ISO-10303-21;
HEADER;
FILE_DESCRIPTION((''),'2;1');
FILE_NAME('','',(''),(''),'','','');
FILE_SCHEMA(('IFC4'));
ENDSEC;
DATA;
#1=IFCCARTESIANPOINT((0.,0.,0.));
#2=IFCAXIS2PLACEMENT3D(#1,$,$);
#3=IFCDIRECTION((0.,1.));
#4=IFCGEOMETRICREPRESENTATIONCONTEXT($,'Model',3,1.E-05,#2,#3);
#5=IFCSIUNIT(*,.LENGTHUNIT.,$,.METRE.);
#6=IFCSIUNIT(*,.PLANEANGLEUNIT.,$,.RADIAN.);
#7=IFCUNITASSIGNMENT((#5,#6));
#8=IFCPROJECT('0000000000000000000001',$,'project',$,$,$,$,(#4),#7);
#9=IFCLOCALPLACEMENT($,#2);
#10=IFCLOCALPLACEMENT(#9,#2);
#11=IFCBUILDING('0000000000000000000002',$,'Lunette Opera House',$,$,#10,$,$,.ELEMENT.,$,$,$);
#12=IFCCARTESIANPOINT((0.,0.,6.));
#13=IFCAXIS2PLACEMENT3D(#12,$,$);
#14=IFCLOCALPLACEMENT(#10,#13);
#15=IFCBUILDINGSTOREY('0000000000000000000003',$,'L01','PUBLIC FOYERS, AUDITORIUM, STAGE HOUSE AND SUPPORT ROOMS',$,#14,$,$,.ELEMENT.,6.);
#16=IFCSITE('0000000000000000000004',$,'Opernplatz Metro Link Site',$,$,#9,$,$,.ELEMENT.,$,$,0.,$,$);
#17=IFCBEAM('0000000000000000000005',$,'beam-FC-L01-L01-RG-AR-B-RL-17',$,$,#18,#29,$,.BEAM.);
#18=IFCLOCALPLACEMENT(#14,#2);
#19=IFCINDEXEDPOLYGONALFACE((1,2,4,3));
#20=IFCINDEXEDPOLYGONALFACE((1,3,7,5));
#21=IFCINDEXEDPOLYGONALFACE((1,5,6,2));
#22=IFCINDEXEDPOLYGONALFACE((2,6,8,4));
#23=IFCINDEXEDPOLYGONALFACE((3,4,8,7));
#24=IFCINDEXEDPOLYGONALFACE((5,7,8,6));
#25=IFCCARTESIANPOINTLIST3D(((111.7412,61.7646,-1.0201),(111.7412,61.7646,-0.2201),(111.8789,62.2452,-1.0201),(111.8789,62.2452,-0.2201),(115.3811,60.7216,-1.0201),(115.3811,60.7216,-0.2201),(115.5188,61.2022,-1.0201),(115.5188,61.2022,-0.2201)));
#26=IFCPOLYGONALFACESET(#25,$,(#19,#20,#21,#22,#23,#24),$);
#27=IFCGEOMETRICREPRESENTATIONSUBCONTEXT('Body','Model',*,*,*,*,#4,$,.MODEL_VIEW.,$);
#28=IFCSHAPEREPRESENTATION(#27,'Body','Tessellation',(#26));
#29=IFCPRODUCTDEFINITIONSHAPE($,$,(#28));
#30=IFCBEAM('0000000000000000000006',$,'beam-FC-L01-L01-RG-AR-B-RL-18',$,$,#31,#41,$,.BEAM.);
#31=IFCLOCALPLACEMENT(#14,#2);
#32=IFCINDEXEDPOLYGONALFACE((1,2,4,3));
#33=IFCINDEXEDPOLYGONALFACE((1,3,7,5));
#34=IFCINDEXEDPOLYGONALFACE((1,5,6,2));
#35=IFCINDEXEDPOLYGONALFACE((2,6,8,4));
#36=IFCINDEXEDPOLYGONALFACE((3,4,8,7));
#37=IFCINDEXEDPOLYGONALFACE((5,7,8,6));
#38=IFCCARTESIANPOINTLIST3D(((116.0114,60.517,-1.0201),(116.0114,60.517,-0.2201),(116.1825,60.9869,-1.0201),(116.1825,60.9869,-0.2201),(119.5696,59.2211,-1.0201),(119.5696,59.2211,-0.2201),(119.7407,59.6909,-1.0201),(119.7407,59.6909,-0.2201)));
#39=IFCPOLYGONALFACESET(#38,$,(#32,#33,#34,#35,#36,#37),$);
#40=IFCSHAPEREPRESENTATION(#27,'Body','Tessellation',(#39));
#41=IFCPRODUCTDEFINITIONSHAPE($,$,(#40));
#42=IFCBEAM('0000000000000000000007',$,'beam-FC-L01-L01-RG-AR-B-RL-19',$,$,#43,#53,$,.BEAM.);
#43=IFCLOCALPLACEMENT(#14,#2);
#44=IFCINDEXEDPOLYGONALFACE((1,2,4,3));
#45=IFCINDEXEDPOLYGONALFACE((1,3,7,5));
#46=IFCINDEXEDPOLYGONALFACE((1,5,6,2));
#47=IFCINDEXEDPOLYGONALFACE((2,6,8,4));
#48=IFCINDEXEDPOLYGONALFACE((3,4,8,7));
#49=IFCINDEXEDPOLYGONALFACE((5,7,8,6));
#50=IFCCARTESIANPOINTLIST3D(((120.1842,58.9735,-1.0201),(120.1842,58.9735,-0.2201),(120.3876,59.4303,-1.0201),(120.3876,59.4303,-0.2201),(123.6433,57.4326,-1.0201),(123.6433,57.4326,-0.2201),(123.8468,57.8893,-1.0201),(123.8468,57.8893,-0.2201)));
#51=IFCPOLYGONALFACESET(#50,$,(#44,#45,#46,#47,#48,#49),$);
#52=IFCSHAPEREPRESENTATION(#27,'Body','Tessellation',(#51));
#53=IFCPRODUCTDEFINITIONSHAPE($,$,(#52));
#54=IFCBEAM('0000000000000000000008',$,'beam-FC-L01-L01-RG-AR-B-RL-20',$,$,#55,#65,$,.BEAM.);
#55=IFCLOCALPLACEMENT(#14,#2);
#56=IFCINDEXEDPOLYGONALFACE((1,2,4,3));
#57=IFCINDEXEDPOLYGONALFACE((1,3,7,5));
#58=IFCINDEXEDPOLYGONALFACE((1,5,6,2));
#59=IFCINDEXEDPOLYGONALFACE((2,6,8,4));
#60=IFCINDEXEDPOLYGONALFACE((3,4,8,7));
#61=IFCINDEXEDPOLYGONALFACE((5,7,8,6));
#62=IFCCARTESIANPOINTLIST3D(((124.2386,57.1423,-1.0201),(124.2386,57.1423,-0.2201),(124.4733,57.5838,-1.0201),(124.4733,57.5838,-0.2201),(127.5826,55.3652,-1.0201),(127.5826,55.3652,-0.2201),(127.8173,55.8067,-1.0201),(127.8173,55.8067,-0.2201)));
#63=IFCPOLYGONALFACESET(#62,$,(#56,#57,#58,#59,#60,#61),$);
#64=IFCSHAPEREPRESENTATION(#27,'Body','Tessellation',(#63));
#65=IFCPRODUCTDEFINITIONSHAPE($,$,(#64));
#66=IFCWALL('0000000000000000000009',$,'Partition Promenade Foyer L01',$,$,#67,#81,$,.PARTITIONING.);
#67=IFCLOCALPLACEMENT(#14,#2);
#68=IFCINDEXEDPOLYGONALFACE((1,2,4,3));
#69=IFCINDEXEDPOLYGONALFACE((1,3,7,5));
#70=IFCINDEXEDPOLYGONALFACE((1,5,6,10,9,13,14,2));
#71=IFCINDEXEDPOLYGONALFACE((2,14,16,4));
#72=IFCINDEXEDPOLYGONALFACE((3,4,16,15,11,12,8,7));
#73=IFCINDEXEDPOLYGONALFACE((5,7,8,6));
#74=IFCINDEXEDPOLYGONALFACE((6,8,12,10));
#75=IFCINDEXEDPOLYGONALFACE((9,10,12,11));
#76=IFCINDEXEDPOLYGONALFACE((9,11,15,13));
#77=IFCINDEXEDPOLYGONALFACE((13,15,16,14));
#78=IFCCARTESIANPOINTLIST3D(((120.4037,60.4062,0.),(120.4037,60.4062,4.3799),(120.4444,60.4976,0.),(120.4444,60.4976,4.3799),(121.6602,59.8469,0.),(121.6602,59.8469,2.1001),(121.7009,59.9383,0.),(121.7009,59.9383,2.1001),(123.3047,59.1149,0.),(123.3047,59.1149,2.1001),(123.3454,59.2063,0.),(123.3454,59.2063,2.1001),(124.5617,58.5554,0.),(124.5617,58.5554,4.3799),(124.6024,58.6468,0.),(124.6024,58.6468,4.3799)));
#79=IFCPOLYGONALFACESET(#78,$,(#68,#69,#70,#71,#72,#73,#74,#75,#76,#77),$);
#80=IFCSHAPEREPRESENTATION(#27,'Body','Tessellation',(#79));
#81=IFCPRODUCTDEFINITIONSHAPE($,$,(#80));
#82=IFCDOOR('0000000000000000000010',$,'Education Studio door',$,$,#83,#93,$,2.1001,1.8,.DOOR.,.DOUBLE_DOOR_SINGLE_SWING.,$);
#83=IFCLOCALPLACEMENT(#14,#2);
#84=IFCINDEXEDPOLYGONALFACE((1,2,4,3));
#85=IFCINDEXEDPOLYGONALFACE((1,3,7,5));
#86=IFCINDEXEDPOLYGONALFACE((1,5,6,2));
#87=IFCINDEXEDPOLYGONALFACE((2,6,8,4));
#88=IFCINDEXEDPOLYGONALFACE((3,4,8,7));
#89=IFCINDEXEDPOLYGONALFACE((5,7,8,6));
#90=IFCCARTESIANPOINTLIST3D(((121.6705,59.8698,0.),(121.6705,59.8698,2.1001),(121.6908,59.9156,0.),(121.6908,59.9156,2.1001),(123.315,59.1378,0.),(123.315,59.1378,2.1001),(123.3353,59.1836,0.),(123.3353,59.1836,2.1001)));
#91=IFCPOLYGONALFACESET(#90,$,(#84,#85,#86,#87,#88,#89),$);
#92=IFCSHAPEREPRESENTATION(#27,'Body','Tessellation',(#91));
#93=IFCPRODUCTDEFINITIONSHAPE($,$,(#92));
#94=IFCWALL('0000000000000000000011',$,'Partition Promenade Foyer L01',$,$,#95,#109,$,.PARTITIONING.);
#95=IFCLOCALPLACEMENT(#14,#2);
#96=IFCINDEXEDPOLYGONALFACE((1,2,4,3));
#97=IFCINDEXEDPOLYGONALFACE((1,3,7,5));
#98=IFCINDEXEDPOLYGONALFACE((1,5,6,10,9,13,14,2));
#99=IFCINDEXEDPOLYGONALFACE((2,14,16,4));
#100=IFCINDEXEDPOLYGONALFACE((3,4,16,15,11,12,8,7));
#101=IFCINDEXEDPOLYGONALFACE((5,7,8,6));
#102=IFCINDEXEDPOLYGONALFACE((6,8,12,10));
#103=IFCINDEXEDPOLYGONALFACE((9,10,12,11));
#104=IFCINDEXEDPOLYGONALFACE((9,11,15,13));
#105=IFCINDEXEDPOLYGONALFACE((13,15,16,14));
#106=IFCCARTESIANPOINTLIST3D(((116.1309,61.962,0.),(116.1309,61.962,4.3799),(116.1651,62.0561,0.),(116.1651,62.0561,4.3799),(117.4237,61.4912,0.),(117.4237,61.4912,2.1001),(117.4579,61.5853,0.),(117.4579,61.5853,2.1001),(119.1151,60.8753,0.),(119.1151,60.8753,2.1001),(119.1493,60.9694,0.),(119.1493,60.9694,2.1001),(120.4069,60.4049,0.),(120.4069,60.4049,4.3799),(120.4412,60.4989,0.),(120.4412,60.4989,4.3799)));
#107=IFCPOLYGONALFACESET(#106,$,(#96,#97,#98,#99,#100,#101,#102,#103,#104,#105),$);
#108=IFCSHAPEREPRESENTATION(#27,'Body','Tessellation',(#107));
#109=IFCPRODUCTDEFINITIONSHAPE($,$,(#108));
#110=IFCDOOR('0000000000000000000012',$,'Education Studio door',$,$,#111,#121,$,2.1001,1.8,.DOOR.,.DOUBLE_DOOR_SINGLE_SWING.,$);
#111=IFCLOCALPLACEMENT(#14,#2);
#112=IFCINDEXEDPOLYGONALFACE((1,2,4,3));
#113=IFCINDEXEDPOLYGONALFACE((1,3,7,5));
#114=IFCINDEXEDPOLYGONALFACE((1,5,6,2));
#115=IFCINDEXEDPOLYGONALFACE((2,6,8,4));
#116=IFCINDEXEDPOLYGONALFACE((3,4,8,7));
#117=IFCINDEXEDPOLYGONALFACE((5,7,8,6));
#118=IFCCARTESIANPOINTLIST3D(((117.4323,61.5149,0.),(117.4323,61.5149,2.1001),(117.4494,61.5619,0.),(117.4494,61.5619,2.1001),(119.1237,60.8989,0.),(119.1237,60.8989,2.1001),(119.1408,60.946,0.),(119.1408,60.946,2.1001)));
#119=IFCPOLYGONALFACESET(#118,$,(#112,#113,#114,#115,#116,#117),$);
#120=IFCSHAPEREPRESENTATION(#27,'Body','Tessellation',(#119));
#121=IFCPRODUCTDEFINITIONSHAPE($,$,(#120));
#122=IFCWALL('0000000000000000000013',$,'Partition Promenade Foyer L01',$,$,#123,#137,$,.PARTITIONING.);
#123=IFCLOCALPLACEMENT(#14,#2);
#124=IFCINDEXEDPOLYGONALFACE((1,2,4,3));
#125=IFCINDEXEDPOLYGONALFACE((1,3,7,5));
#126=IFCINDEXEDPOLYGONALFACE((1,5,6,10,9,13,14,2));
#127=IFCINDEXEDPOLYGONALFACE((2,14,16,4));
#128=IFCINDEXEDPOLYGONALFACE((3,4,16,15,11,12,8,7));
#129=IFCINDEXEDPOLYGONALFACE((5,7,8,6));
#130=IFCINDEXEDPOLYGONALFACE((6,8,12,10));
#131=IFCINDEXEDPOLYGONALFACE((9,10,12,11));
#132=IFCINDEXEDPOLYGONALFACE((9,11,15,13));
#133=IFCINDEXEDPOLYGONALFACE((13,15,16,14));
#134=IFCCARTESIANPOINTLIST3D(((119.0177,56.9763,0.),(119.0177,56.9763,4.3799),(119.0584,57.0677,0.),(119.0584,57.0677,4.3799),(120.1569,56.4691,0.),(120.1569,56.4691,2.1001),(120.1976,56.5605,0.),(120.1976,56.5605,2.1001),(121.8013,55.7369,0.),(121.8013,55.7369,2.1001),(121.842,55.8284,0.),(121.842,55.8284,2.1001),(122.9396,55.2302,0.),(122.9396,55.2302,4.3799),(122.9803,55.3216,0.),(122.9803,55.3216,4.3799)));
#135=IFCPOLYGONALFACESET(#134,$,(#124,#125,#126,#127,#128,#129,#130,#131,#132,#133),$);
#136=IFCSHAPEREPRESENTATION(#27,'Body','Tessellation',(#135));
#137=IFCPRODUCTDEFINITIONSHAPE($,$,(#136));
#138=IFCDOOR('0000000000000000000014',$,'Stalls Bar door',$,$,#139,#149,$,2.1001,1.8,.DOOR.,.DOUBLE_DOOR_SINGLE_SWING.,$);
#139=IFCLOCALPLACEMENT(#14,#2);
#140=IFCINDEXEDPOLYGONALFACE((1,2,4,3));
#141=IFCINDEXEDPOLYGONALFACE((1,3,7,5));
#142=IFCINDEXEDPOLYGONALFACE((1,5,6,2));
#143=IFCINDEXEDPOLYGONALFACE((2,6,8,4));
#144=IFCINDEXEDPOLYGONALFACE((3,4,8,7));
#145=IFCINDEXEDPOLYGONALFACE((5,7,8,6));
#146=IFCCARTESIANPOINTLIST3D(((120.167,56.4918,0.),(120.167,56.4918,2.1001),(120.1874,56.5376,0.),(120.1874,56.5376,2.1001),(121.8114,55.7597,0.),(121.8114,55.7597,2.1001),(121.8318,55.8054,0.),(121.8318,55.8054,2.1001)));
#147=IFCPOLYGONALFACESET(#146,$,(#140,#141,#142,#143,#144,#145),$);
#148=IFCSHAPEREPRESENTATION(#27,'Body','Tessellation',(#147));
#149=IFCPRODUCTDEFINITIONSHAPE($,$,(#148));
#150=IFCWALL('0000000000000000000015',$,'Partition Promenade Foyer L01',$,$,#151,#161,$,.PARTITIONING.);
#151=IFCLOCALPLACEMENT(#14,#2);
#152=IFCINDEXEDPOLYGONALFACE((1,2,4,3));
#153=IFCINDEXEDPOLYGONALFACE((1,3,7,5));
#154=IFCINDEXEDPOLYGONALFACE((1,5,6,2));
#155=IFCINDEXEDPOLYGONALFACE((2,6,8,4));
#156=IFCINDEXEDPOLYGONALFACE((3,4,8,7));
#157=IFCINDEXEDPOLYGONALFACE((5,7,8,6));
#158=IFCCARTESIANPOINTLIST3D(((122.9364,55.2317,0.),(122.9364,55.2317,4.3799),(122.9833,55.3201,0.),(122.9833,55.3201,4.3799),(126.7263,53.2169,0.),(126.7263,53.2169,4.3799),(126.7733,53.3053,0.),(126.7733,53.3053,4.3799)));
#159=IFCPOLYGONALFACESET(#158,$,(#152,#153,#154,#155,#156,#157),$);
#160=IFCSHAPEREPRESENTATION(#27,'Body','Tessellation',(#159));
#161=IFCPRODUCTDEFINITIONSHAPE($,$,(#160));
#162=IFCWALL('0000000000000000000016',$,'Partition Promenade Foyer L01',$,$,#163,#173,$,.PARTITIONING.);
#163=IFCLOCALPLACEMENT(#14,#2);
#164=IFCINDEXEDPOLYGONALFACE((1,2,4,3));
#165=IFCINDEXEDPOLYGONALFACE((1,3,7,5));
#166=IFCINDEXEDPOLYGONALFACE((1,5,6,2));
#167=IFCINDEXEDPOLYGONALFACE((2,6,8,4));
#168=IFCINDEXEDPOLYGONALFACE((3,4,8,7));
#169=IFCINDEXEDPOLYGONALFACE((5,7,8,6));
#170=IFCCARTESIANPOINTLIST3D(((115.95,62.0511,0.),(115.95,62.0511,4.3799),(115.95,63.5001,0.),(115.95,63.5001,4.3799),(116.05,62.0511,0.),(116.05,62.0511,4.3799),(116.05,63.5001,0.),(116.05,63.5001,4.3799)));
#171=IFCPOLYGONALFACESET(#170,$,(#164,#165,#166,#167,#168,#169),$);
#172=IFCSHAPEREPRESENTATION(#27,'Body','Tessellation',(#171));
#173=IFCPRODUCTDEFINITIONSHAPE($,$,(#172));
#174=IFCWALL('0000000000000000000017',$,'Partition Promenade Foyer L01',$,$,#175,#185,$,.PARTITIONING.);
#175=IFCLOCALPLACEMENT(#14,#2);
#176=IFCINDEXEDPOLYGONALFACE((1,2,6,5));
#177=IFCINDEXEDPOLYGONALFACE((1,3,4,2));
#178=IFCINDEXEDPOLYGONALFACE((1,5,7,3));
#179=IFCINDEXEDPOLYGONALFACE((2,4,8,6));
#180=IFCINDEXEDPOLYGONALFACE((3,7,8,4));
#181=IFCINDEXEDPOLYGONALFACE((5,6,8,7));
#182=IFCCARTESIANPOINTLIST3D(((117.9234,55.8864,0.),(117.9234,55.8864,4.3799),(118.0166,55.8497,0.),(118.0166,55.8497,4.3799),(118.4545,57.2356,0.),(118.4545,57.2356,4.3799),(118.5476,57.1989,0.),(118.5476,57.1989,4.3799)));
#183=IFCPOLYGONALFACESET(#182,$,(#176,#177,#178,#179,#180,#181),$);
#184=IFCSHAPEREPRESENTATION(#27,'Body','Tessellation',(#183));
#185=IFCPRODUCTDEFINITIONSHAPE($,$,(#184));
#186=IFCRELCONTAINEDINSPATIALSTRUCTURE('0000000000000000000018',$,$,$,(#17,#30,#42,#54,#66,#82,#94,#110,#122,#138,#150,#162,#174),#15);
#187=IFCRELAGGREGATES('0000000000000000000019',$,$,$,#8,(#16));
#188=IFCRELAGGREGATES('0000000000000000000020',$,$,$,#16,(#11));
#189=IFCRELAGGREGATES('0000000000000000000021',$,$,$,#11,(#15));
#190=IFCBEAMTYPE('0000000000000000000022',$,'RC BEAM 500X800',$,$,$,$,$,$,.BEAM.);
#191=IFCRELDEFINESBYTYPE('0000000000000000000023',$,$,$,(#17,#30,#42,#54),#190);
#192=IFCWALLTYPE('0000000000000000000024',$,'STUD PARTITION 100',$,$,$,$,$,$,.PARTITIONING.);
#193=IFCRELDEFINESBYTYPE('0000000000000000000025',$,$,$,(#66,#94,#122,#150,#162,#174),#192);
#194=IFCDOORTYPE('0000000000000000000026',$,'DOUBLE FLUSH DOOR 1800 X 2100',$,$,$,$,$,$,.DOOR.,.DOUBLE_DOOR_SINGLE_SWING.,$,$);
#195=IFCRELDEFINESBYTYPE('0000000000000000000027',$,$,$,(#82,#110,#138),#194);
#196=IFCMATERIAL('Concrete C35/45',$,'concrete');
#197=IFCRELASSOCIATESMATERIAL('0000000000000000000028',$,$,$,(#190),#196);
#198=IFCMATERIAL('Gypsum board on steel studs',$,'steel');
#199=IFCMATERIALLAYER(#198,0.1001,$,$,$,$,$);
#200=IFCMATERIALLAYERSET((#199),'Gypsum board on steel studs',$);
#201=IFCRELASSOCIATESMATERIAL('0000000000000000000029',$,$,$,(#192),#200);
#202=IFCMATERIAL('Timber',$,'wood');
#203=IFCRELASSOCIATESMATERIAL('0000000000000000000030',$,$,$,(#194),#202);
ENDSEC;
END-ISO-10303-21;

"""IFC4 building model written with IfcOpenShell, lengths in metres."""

from ifc_helpers import new_model, si_unit, direction, frame, frame_2d, origin, origin_2d, place, context, subcontext, project, spatial, rectangle, extrude, material, layer, layer_set, material_profile, profile_set, type_object, element, fill, save


model = new_model("IFC4")

# Units and contexts
model_context = context("Model", 3, precision=1e-05, world=origin(), true_north=direction((0.0, 1.0)))
body_context = subcontext(model_context, "Body", "Model", "MODEL_VIEW")
ifc_project = project(units=[si_unit("LENGTHUNIT", "METRE"), si_unit("PLANEANGLEUNIT", "RADIAN")], contexts=[model_context])

# Site, building, storey
site_placement = place(None, origin())
site = spatial("IfcSite", under=ifc_project, at=site_placement, Name="Opernplatz Metro Link Site", CompositionType="ELEMENT", RefElevation=0.0)
building_placement = place(site_placement, origin())
building = spatial("IfcBuilding", under=site, at=building_placement, Name="Lunette Opera House", CompositionType="ELEMENT")
storey_placement = place(building_placement, frame((0.0, 0.0, 6.0)))
storey = spatial("IfcBuildingStorey", under=building, at=storey_placement, Name="L01", Description="PUBLIC FOYERS, AUDITORIUM, STAGE HOUSE AND SUPPORT ROOMS", CompositionType="ELEMENT", Elevation=6.0)

# Beams
ifc_material_1 = material(Name="Concrete C35/45", Category="concrete")
ifc_material_profile_1 = material_profile(ifc_material_1, rectangle(XDim=0.5, YDim=0.8, at=origin_2d()), Name="RC BEAM 500X800")
ifc_profile_set_1 = profile_set([ifc_material_profile_1], Name="Concrete C35/45")
beam_type_1 = type_object("IfcBeamType", Name="RC BEAM 500X800", PredefinedType="BEAM", material=ifc_profile_set_1)
beam_1_placement = place(storey_placement, frame((111.8101, 62.0049, -0.6201), z_axis=(0.961314, -0.275453, 0.0), x_axis=(0.275453, 0.961314, 0.0)))
element("IfcBeam", 1, at=beam_1_placement, inside=storey, type_object=beam_type_1, Name="beam-FC-L01-L01-RG-AR-B-RL-17", PredefinedType="BEAM", context=body_context, shape_type="SweptSolid", body=[
    extrude(rectangle(XDim=0.5, YDim=0.8, at=origin_2d()), origin(), (0.0, 0.0, 1.0), 3.7864),
])
for number, where, z_axis, x_axis, name in (
    (2, (116.0969, 60.752, -0.6201), (0.93962, -0.342219, 0.0), (0.342219, 0.93962, 0.0), "beam-FC-L01-L01-RG-AR-B-RL-18"),
    (3, (120.2859, 59.2019, -0.6201), (0.91346, -0.406928, 0.0), (0.406928, 0.91346, 0.0), "beam-FC-L01-L01-RG-AR-B-RL-19"),
    (4, (124.356, 57.363, -0.6201), (0.88305, -0.469279, 0.0), (0.469279, 0.88305, 0.0), "beam-FC-L01-L01-RG-AR-B-RL-20"),
):
    element("IfcBeam", number, at=place(storey_placement, frame(where, z_axis=z_axis, x_axis=x_axis)), inside=storey, type_object=beam_type_1, Name=name, PredefinedType="BEAM", context=body_context, shape_type="SweptSolid", body=[
        extrude(rectangle(XDim=0.5, YDim=0.8, at=origin_2d()), origin(), (0.0, 0.0, 1.0), 3.7869),
    ])

# Walls, openings, doors
ifc_material_2 = material(Name="Gypsum board on steel studs", Category="steel")
ifc_layer = layer(ifc_material_2, 0.1001)
ifc_layer_set = layer_set([ifc_layer], Name="Gypsum board on steel studs")
wall_type = type_object("IfcWallType", Name="STUD PARTITION 100", PredefinedType="PARTITIONING", material=ifc_layer_set)
wall_1_placement = place(storey_placement, frame((124.582, 58.6011, 0.0), z_axis=(0.0, 0.0, 1.0), x_axis=(-0.913579, 0.406661, 0.0)))
wall_1 = element("IfcWall", 5, at=wall_1_placement, inside=storey, type_object=wall_type, Name="Partition Promenade Foyer L01", PredefinedType="PARTITIONING", context=body_context, shape_type="SweptSolid", body=[
    extrude(rectangle(XDim=4.5513, YDim=0.1001, at=frame_2d((2.2756, 0.0))), origin(), (0.0, 0.0, 1.0), 4.3799),
])
opening_1_placement = place(wall_1_placement, frame((1.376, 0.0, 0.0)))
opening_1 = element("IfcOpeningElement", 6, at=opening_1_placement, cuts=wall_1, PredefinedType="OPENING", context=body_context, shape_type="SweptSolid", body=[
    extrude(rectangle(XDim=1.8, YDim=2.1001, at=frame_2d((0.8999, 1.05))), frame((0.0, 0.062, 0.0), z_axis=(0.0, -1.0, 0.0), x_axis=(1.0, 0.0, 0.0)), (0.0, 0.0, 1.0), 0.124),
])
ifc_material_3 = material(Name="Timber", Category="wood")
door_type = type_object("IfcDoorType", Name="DOUBLE FLUSH DOOR 1800 X 2100", OperationType="DOUBLE_DOOR_SINGLE_SWING", PredefinedType="DOOR", material=ifc_material_3)
door_1_placement = place(opening_1_placement, origin())
door_1 = element("IfcDoor", 7, at=door_1_placement, inside=storey, type_object=door_type, Name="Education Studio door", OperationType="DOUBLE_DOOR_SINGLE_SWING", OverallHeight=2.1001, OverallWidth=1.8, PredefinedType="DOOR", context=body_context, shape_type="SweptSolid", body=[
    extrude(rectangle(XDim=1.8, YDim=2.1001, at=frame_2d((0.8999, 1.05))), frame((0.0, 0.0249, 0.0), z_axis=(0.0, -1.0, 0.0), x_axis=(1.0, 0.0, 0.0)), (0.0, 0.0, 1.0), 0.05),
])
fill(opening_1, door_1)
wall_2_placement = place(storey_placement, frame((120.4241, 60.4519, 0.0), z_axis=(0.0, 0.0, 1.0), x_axis=(-0.93964, 0.342165, 0.0)))
wall_2 = element("IfcWall", 8, at=wall_2_placement, inside=storey, type_object=wall_type, Name="Partition Promenade Foyer L01", PredefinedType="PARTITIONING", context=body_context, shape_type="SweptSolid", body=[
    extrude(rectangle(XDim=4.5508, YDim=0.1001, at=frame_2d((2.2754, 0.0))), origin(), (0.0, 0.0, 1.0), 4.3799),
])
opening_2_placement = place(wall_2_placement, frame((1.375, 0.0, 0.0)))
opening_2 = element("IfcOpeningElement", 9, at=opening_2_placement, cuts=wall_2, PredefinedType="OPENING", context=body_context, shape_type="SweptSolid", body=[
    extrude(rectangle(XDim=1.8, YDim=2.1001, at=frame_2d((0.8999, 1.05))), frame((0.0, 0.062, 0.0), z_axis=(0.0, -1.0, 0.0), x_axis=(1.0, 0.0, 0.0)), (0.0, 0.0, 1.0), 0.124),
])
door_2_placement = place(opening_2_placement, origin())
door_2 = element("IfcDoor", 10, at=door_2_placement, inside=storey, type_object=door_type, Name="Education Studio door", OperationType="DOUBLE_DOOR_SINGLE_SWING", OverallHeight=2.1001, OverallWidth=1.8, PredefinedType="DOOR", context=body_context, shape_type="SweptSolid", body=[
    extrude(rectangle(XDim=1.8, YDim=2.1001, at=frame_2d((0.8999, 1.05))), frame((0.0, 0.0249, 0.0), z_axis=(0.0, -1.0, 0.0), x_axis=(1.0, 0.0, 0.0)), (0.0, 0.0, 1.0), 0.05),
])
fill(opening_2, door_2)
wall_3_placement = place(storey_placement, frame((119.0381, 57.022, 0.0), z_axis=(0.0, 0.0, 1.0), x_axis=(0.913549, -0.406729, 0.0)))
wall_3 = element("IfcWall", 11, at=wall_3_placement, inside=storey, type_object=wall_type, Name="Partition Promenade Foyer L01", PredefinedType="PARTITIONING", context=body_context, shape_type="SweptSolid", body=[
    extrude(rectangle(XDim=4.293, YDim=0.1001, at=frame_2d((2.1465, 0.0))), origin(), (0.0, 0.0, 1.0), 4.3799),
])
opening_3_placement = place(wall_3_placement, frame((1.2471, 0.0, 0.0)))
opening_3 = element("IfcOpeningElement", 12, at=opening_3_placement, cuts=wall_3, PredefinedType="OPENING", context=body_context, shape_type="SweptSolid", body=[
    extrude(rectangle(XDim=1.8, YDim=2.1001, at=frame_2d((0.8999, 1.05))), frame((0.0, 0.062, 0.0), z_axis=(0.0, -1.0, 0.0), x_axis=(1.0, 0.0, 0.0)), (0.0, 0.0, 1.0), 0.124),
])
door_3_placement = place(opening_3_placement, origin())
door_3 = element("IfcDoor", 13, at=door_3_placement, inside=storey, type_object=door_type, Name="Stalls Bar door", OperationType="DOUBLE_DOOR_SINGLE_SWING", OverallHeight=2.1001, OverallWidth=1.8, PredefinedType="DOOR", context=body_context, shape_type="SweptSolid", body=[
    extrude(rectangle(XDim=1.8, YDim=2.1001, at=frame_2d((0.8999, 1.05))), frame((0.0, 0.0249, 0.0), z_axis=(0.0, -1.0, 0.0), x_axis=(1.0, 0.0, 0.0)), (0.0, 0.0, 1.0), 0.05),
])
fill(opening_3, door_3)

# Walls
wall_4_placement = place(storey_placement, frame((122.96, 55.2759, 0.0), z_axis=(0.0, 0.0, 1.0), x_axis=(0.882977, -0.469416, 0.0)))
element("IfcWall", 14, at=wall_4_placement, inside=storey, type_object=wall_type, Name="Partition Promenade Foyer L01", PredefinedType="PARTITIONING", context=body_context, shape_type="SweptSolid", body=[
    extrude(rectangle(XDim=4.2922, YDim=0.1001, at=frame_2d((2.146, 0.0))), origin(), (0.0, 0.0, 1.0), 4.3799),
])
wall_5_placement = place(storey_placement, frame((116.0, 62.051, 0.0), z_axis=(0.0, 0.0, 1.0), x_axis=(0.0, 1.0, 0.0)))
element("IfcWall", 15, at=wall_5_placement, inside=storey, type_object=wall_type, Name="Partition Promenade Foyer L01", PredefinedType="PARTITIONING", context=body_context, shape_type="SweptSolid", body=[
    extrude(rectangle(XDim=1.449, YDim=0.1001, at=frame_2d((0.7246, 0.0))), origin(), (0.0, 0.0, 1.0), 4.3799),
])
wall_6_placement = place(storey_placement, frame((117.97, 55.8679, 0.0), z_axis=(0.0, 0.0, 1.0), x_axis=(0.366246, 0.930518, 0.0)))
element("IfcWall", 16, at=wall_6_placement, inside=storey, type_object=wall_type, Name="Partition Promenade Foyer L01", PredefinedType="PARTITIONING", context=body_context, shape_type="SweptSolid", body=[
    extrude(rectangle(XDim=1.45, YDim=0.1001, at=frame_2d((0.7251, 0.0))), origin(), (0.0, 0.0, 1.0), 4.3799),
])

save(model, "model.ifc")
